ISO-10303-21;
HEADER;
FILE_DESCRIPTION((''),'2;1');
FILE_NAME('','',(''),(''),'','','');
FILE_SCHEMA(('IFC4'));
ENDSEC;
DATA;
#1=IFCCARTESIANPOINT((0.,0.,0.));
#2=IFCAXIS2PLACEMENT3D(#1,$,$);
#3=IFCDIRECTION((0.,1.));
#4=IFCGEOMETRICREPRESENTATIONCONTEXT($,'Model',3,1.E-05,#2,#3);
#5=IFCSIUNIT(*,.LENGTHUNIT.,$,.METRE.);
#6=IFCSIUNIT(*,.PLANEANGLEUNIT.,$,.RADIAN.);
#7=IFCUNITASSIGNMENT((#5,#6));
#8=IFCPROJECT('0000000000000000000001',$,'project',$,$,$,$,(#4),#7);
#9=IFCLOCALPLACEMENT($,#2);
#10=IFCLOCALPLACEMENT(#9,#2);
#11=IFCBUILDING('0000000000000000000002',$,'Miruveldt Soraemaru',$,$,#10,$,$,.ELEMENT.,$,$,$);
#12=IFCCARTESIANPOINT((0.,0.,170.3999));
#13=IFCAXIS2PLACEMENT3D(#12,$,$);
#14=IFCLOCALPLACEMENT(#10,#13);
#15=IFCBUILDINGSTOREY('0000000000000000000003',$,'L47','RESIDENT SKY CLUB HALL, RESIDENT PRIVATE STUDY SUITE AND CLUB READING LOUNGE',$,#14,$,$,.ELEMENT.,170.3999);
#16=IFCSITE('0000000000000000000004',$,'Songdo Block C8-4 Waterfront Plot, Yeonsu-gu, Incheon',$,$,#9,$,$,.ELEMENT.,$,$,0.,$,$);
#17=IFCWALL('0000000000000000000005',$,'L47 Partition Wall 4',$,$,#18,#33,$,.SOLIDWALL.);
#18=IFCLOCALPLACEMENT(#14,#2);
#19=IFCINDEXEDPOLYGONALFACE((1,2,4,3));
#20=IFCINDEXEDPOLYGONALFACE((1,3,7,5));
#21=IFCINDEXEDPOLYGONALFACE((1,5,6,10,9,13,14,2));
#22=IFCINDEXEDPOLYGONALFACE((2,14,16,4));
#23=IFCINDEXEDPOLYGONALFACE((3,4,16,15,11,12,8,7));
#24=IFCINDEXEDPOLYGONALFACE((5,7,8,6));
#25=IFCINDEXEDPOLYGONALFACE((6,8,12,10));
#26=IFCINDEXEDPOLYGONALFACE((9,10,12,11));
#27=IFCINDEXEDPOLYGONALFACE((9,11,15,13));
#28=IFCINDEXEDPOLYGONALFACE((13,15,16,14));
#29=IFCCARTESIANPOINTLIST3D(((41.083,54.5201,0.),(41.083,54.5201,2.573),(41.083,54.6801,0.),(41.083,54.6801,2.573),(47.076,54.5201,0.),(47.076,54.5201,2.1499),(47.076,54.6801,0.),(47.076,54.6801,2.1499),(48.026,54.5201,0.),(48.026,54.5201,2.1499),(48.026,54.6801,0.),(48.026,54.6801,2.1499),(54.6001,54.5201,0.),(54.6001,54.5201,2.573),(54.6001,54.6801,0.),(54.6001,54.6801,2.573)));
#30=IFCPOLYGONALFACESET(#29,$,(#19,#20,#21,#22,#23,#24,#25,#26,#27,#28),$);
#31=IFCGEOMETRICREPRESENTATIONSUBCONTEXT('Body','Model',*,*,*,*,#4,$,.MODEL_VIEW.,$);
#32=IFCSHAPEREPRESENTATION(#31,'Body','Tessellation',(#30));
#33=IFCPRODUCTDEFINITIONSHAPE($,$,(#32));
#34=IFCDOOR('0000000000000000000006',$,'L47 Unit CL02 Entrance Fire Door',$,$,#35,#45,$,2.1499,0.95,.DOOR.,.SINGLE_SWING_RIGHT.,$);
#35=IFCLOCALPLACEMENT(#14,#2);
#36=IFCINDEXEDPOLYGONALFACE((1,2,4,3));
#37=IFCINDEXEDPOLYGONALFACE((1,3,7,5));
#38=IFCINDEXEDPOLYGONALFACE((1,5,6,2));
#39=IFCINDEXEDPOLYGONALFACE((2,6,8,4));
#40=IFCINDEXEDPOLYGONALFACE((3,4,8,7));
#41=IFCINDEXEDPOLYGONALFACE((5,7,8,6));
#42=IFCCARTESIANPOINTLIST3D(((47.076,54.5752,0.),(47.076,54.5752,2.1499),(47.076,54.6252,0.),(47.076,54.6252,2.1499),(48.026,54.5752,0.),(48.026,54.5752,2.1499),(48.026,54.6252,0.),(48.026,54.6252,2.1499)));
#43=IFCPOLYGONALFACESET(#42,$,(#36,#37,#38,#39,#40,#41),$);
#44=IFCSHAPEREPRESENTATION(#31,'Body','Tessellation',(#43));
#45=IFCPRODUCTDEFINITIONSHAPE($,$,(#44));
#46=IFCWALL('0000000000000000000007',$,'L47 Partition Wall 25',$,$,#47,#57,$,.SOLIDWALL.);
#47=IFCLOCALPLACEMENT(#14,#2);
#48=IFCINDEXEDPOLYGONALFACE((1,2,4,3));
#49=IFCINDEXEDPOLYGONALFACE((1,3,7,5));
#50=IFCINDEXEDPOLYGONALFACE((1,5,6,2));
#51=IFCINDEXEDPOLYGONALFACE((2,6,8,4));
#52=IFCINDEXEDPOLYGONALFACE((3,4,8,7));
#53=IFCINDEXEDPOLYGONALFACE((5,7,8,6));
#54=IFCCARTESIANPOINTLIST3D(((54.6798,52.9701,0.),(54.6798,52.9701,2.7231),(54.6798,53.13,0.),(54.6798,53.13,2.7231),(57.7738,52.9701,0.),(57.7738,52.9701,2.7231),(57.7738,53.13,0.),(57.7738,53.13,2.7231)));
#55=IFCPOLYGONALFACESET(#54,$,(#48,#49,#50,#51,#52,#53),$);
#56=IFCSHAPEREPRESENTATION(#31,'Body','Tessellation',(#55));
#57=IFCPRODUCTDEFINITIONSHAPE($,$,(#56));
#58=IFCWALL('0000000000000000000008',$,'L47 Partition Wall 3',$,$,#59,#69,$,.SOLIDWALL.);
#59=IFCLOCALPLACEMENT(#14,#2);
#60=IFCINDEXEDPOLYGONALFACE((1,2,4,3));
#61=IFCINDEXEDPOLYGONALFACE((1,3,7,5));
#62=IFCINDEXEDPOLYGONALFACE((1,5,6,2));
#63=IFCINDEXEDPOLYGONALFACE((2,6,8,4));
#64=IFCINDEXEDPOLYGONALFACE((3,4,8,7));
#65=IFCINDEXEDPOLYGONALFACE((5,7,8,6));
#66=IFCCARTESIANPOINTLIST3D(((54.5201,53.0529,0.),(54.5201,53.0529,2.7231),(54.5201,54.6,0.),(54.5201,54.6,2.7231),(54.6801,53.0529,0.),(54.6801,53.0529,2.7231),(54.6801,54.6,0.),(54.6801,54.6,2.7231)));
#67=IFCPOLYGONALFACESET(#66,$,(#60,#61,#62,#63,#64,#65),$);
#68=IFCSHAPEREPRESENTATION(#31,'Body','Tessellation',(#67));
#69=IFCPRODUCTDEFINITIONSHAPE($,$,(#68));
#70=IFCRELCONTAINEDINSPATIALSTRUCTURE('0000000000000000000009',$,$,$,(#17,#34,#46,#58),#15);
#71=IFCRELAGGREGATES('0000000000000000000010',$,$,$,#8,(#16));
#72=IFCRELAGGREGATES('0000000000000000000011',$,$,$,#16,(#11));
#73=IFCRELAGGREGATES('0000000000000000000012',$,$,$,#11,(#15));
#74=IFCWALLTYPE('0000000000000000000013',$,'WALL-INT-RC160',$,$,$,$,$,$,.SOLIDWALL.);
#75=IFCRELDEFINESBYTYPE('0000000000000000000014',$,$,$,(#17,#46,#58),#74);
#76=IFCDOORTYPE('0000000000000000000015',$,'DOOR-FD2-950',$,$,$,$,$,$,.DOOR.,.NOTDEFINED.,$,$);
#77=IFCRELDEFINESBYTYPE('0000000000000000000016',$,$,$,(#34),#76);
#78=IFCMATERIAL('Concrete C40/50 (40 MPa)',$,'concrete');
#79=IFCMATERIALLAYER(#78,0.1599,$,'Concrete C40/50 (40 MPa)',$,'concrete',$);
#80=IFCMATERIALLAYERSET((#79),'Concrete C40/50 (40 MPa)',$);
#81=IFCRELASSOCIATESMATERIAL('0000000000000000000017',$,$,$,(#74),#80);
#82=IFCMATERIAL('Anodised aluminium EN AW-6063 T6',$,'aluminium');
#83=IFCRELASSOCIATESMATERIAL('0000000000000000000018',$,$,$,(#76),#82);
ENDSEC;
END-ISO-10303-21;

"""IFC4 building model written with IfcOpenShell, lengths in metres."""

from ifc_helpers import new_model, si_unit, direction, frame, frame_2d, origin, place, context, subcontext, project, spatial, rectangle, extrude, material, layer, layer_set, type_object, element, fill, save


model = new_model("IFC4")

# Units and contexts
model_context = context("Model", 3, precision=1e-05, world=origin(), true_north=direction((0.0, 1.0)))
body_context = subcontext(model_context, "Body", "Model", "MODEL_VIEW")
ifc_project = project(units=[si_unit("LENGTHUNIT", "METRE"), si_unit("PLANEANGLEUNIT", "RADIAN")], contexts=[model_context])

# Site, building, storey
site_placement = place(None, origin())
site = spatial("IfcSite", under=ifc_project, at=site_placement, Name="Songdo Block C8-4 Waterfront Plot, Yeonsu-gu, Incheon", CompositionType="ELEMENT", RefElevation=0.0)
building_placement = place(site_placement, origin())
building = spatial("IfcBuilding", under=site, at=building_placement, Name="Miruveldt Soraemaru", CompositionType="ELEMENT")
storey_placement = place(building_placement, frame((0.0, 0.0, 170.3999)))
storey = spatial("IfcBuildingStorey", under=building, at=storey_placement, Name="L47", Description="RESIDENT SKY CLUB HALL, RESIDENT PRIVATE STUDY SUITE AND CLUB READING LOUNGE", CompositionType="ELEMENT", Elevation=170.3999)

# Shared definitions
ifc_material_1 = material(Name="Anodised aluminium EN AW-6063 T6", Category="aluminium")

# Wall, opening, door
ifc_material_2 = material(Name="Concrete C40/50 (40 MPa)", Category="concrete")
ifc_layer_1 = layer(ifc_material_2, 0.1599, Name="Concrete C40/50 (40 MPa)", Category="concrete")
ifc_layer_set_1 = layer_set([ifc_layer_1], Name="Concrete C40/50 (40 MPa)")
wall_type_1 = type_object("IfcWallType", Name="WALL-INT-RC160", PredefinedType="SOLIDWALL", material=ifc_layer_set_1)
wall_1_placement = place(storey_placement, frame((54.6001, 54.6001, 0.0), z_axis=(0.0, 0.0, 1.0), x_axis=(-1.0, 0.0, 0.0)))
wall_1 = element("IfcWall", 1, at=wall_1_placement, inside=storey, type_object=wall_type_1, Name="L47 Partition Wall 4", PredefinedType="SOLIDWALL", context=body_context, shape_type="SweptSolid", body=[
    extrude(rectangle(XDim=13.5171, YDim=0.1599, at=frame_2d((6.7585, 0.0))), origin(), (0.0, 0.0, 1.0), 2.573),
])
opening_1_placement = place(wall_1_placement, frame((6.574, 0.0, 0.0)))
opening_1 = element("IfcOpeningElement", 2, at=opening_1_placement, cuts=wall_1, PredefinedType="OPENING", context=body_context, shape_type="SweptSolid", body=[
    extrude(rectangle(XDim=0.95, YDim=2.1499, at=frame_2d((0.4751, 1.075))), frame((0.0, 0.0898, 0.0), z_axis=(0.0, -1.0, 0.0), x_axis=(1.0, 0.0, 0.0)), (0.0, 0.0, 1.0), 0.1799),
])
door_type_1 = type_object("IfcDoorType", Name="DOOR-FD2-950", OperationType="NOTDEFINED", PredefinedType="DOOR", material=ifc_material_1)
door_1_placement = place(opening_1_placement, origin())
door_1 = element("IfcDoor", 3, at=door_1_placement, inside=storey, type_object=door_type_1, Name="L47 Unit CL02 Entrance Fire Door", OperationType="SINGLE_SWING_RIGHT", OverallHeight=2.1499, OverallWidth=0.95, PredefinedType="DOOR", context=body_context, shape_type="SweptSolid", body=[
    extrude(rectangle(XDim=0.95, YDim=2.1499, at=frame_2d((0.4751, 1.075))), frame((0.0, 0.0249, 0.0), z_axis=(0.0, -1.0, 0.0), x_axis=(1.0, 0.0, 0.0)), (0.0, 0.0, 1.0), 0.05),
])
fill(opening_1, door_1)

# Walls
wall_2_placement = place(storey_placement, frame((54.6799, 53.05, 0.0), z_axis=(0.0, 0.0, 1.0), x_axis=(1.0, 0.0, 0.0)))
element("IfcWall", 4, at=wall_2_placement, inside=storey, type_object=wall_type_1, Name="L47 Partition Wall 25", PredefinedType="SOLIDWALL", context=body_context, shape_type="SweptSolid", body=[
    extrude(rectangle(XDim=3.094, YDim=0.1599, at=frame_2d((1.5469, 0.0))), origin(), (0.0, 0.0, 1.0), 2.7231),
])
wall_3_placement = place(storey_placement, frame((54.6001, 53.053, 0.0), z_axis=(0.0, 0.0, 1.0), x_axis=(0.0, 1.0, 0.0)))
element("IfcWall", 5, at=wall_3_placement, inside=storey, type_object=wall_type_1, Name="L47 Partition Wall 3", PredefinedType="SOLIDWALL", context=body_context, shape_type="SweptSolid", body=[
    extrude(rectangle(XDim=1.5471, YDim=0.1599, at=frame_2d((0.7734, 0.0))), origin(), (0.0, 0.0, 1.0), 2.7231),
])

save(model, "model.ifc")
